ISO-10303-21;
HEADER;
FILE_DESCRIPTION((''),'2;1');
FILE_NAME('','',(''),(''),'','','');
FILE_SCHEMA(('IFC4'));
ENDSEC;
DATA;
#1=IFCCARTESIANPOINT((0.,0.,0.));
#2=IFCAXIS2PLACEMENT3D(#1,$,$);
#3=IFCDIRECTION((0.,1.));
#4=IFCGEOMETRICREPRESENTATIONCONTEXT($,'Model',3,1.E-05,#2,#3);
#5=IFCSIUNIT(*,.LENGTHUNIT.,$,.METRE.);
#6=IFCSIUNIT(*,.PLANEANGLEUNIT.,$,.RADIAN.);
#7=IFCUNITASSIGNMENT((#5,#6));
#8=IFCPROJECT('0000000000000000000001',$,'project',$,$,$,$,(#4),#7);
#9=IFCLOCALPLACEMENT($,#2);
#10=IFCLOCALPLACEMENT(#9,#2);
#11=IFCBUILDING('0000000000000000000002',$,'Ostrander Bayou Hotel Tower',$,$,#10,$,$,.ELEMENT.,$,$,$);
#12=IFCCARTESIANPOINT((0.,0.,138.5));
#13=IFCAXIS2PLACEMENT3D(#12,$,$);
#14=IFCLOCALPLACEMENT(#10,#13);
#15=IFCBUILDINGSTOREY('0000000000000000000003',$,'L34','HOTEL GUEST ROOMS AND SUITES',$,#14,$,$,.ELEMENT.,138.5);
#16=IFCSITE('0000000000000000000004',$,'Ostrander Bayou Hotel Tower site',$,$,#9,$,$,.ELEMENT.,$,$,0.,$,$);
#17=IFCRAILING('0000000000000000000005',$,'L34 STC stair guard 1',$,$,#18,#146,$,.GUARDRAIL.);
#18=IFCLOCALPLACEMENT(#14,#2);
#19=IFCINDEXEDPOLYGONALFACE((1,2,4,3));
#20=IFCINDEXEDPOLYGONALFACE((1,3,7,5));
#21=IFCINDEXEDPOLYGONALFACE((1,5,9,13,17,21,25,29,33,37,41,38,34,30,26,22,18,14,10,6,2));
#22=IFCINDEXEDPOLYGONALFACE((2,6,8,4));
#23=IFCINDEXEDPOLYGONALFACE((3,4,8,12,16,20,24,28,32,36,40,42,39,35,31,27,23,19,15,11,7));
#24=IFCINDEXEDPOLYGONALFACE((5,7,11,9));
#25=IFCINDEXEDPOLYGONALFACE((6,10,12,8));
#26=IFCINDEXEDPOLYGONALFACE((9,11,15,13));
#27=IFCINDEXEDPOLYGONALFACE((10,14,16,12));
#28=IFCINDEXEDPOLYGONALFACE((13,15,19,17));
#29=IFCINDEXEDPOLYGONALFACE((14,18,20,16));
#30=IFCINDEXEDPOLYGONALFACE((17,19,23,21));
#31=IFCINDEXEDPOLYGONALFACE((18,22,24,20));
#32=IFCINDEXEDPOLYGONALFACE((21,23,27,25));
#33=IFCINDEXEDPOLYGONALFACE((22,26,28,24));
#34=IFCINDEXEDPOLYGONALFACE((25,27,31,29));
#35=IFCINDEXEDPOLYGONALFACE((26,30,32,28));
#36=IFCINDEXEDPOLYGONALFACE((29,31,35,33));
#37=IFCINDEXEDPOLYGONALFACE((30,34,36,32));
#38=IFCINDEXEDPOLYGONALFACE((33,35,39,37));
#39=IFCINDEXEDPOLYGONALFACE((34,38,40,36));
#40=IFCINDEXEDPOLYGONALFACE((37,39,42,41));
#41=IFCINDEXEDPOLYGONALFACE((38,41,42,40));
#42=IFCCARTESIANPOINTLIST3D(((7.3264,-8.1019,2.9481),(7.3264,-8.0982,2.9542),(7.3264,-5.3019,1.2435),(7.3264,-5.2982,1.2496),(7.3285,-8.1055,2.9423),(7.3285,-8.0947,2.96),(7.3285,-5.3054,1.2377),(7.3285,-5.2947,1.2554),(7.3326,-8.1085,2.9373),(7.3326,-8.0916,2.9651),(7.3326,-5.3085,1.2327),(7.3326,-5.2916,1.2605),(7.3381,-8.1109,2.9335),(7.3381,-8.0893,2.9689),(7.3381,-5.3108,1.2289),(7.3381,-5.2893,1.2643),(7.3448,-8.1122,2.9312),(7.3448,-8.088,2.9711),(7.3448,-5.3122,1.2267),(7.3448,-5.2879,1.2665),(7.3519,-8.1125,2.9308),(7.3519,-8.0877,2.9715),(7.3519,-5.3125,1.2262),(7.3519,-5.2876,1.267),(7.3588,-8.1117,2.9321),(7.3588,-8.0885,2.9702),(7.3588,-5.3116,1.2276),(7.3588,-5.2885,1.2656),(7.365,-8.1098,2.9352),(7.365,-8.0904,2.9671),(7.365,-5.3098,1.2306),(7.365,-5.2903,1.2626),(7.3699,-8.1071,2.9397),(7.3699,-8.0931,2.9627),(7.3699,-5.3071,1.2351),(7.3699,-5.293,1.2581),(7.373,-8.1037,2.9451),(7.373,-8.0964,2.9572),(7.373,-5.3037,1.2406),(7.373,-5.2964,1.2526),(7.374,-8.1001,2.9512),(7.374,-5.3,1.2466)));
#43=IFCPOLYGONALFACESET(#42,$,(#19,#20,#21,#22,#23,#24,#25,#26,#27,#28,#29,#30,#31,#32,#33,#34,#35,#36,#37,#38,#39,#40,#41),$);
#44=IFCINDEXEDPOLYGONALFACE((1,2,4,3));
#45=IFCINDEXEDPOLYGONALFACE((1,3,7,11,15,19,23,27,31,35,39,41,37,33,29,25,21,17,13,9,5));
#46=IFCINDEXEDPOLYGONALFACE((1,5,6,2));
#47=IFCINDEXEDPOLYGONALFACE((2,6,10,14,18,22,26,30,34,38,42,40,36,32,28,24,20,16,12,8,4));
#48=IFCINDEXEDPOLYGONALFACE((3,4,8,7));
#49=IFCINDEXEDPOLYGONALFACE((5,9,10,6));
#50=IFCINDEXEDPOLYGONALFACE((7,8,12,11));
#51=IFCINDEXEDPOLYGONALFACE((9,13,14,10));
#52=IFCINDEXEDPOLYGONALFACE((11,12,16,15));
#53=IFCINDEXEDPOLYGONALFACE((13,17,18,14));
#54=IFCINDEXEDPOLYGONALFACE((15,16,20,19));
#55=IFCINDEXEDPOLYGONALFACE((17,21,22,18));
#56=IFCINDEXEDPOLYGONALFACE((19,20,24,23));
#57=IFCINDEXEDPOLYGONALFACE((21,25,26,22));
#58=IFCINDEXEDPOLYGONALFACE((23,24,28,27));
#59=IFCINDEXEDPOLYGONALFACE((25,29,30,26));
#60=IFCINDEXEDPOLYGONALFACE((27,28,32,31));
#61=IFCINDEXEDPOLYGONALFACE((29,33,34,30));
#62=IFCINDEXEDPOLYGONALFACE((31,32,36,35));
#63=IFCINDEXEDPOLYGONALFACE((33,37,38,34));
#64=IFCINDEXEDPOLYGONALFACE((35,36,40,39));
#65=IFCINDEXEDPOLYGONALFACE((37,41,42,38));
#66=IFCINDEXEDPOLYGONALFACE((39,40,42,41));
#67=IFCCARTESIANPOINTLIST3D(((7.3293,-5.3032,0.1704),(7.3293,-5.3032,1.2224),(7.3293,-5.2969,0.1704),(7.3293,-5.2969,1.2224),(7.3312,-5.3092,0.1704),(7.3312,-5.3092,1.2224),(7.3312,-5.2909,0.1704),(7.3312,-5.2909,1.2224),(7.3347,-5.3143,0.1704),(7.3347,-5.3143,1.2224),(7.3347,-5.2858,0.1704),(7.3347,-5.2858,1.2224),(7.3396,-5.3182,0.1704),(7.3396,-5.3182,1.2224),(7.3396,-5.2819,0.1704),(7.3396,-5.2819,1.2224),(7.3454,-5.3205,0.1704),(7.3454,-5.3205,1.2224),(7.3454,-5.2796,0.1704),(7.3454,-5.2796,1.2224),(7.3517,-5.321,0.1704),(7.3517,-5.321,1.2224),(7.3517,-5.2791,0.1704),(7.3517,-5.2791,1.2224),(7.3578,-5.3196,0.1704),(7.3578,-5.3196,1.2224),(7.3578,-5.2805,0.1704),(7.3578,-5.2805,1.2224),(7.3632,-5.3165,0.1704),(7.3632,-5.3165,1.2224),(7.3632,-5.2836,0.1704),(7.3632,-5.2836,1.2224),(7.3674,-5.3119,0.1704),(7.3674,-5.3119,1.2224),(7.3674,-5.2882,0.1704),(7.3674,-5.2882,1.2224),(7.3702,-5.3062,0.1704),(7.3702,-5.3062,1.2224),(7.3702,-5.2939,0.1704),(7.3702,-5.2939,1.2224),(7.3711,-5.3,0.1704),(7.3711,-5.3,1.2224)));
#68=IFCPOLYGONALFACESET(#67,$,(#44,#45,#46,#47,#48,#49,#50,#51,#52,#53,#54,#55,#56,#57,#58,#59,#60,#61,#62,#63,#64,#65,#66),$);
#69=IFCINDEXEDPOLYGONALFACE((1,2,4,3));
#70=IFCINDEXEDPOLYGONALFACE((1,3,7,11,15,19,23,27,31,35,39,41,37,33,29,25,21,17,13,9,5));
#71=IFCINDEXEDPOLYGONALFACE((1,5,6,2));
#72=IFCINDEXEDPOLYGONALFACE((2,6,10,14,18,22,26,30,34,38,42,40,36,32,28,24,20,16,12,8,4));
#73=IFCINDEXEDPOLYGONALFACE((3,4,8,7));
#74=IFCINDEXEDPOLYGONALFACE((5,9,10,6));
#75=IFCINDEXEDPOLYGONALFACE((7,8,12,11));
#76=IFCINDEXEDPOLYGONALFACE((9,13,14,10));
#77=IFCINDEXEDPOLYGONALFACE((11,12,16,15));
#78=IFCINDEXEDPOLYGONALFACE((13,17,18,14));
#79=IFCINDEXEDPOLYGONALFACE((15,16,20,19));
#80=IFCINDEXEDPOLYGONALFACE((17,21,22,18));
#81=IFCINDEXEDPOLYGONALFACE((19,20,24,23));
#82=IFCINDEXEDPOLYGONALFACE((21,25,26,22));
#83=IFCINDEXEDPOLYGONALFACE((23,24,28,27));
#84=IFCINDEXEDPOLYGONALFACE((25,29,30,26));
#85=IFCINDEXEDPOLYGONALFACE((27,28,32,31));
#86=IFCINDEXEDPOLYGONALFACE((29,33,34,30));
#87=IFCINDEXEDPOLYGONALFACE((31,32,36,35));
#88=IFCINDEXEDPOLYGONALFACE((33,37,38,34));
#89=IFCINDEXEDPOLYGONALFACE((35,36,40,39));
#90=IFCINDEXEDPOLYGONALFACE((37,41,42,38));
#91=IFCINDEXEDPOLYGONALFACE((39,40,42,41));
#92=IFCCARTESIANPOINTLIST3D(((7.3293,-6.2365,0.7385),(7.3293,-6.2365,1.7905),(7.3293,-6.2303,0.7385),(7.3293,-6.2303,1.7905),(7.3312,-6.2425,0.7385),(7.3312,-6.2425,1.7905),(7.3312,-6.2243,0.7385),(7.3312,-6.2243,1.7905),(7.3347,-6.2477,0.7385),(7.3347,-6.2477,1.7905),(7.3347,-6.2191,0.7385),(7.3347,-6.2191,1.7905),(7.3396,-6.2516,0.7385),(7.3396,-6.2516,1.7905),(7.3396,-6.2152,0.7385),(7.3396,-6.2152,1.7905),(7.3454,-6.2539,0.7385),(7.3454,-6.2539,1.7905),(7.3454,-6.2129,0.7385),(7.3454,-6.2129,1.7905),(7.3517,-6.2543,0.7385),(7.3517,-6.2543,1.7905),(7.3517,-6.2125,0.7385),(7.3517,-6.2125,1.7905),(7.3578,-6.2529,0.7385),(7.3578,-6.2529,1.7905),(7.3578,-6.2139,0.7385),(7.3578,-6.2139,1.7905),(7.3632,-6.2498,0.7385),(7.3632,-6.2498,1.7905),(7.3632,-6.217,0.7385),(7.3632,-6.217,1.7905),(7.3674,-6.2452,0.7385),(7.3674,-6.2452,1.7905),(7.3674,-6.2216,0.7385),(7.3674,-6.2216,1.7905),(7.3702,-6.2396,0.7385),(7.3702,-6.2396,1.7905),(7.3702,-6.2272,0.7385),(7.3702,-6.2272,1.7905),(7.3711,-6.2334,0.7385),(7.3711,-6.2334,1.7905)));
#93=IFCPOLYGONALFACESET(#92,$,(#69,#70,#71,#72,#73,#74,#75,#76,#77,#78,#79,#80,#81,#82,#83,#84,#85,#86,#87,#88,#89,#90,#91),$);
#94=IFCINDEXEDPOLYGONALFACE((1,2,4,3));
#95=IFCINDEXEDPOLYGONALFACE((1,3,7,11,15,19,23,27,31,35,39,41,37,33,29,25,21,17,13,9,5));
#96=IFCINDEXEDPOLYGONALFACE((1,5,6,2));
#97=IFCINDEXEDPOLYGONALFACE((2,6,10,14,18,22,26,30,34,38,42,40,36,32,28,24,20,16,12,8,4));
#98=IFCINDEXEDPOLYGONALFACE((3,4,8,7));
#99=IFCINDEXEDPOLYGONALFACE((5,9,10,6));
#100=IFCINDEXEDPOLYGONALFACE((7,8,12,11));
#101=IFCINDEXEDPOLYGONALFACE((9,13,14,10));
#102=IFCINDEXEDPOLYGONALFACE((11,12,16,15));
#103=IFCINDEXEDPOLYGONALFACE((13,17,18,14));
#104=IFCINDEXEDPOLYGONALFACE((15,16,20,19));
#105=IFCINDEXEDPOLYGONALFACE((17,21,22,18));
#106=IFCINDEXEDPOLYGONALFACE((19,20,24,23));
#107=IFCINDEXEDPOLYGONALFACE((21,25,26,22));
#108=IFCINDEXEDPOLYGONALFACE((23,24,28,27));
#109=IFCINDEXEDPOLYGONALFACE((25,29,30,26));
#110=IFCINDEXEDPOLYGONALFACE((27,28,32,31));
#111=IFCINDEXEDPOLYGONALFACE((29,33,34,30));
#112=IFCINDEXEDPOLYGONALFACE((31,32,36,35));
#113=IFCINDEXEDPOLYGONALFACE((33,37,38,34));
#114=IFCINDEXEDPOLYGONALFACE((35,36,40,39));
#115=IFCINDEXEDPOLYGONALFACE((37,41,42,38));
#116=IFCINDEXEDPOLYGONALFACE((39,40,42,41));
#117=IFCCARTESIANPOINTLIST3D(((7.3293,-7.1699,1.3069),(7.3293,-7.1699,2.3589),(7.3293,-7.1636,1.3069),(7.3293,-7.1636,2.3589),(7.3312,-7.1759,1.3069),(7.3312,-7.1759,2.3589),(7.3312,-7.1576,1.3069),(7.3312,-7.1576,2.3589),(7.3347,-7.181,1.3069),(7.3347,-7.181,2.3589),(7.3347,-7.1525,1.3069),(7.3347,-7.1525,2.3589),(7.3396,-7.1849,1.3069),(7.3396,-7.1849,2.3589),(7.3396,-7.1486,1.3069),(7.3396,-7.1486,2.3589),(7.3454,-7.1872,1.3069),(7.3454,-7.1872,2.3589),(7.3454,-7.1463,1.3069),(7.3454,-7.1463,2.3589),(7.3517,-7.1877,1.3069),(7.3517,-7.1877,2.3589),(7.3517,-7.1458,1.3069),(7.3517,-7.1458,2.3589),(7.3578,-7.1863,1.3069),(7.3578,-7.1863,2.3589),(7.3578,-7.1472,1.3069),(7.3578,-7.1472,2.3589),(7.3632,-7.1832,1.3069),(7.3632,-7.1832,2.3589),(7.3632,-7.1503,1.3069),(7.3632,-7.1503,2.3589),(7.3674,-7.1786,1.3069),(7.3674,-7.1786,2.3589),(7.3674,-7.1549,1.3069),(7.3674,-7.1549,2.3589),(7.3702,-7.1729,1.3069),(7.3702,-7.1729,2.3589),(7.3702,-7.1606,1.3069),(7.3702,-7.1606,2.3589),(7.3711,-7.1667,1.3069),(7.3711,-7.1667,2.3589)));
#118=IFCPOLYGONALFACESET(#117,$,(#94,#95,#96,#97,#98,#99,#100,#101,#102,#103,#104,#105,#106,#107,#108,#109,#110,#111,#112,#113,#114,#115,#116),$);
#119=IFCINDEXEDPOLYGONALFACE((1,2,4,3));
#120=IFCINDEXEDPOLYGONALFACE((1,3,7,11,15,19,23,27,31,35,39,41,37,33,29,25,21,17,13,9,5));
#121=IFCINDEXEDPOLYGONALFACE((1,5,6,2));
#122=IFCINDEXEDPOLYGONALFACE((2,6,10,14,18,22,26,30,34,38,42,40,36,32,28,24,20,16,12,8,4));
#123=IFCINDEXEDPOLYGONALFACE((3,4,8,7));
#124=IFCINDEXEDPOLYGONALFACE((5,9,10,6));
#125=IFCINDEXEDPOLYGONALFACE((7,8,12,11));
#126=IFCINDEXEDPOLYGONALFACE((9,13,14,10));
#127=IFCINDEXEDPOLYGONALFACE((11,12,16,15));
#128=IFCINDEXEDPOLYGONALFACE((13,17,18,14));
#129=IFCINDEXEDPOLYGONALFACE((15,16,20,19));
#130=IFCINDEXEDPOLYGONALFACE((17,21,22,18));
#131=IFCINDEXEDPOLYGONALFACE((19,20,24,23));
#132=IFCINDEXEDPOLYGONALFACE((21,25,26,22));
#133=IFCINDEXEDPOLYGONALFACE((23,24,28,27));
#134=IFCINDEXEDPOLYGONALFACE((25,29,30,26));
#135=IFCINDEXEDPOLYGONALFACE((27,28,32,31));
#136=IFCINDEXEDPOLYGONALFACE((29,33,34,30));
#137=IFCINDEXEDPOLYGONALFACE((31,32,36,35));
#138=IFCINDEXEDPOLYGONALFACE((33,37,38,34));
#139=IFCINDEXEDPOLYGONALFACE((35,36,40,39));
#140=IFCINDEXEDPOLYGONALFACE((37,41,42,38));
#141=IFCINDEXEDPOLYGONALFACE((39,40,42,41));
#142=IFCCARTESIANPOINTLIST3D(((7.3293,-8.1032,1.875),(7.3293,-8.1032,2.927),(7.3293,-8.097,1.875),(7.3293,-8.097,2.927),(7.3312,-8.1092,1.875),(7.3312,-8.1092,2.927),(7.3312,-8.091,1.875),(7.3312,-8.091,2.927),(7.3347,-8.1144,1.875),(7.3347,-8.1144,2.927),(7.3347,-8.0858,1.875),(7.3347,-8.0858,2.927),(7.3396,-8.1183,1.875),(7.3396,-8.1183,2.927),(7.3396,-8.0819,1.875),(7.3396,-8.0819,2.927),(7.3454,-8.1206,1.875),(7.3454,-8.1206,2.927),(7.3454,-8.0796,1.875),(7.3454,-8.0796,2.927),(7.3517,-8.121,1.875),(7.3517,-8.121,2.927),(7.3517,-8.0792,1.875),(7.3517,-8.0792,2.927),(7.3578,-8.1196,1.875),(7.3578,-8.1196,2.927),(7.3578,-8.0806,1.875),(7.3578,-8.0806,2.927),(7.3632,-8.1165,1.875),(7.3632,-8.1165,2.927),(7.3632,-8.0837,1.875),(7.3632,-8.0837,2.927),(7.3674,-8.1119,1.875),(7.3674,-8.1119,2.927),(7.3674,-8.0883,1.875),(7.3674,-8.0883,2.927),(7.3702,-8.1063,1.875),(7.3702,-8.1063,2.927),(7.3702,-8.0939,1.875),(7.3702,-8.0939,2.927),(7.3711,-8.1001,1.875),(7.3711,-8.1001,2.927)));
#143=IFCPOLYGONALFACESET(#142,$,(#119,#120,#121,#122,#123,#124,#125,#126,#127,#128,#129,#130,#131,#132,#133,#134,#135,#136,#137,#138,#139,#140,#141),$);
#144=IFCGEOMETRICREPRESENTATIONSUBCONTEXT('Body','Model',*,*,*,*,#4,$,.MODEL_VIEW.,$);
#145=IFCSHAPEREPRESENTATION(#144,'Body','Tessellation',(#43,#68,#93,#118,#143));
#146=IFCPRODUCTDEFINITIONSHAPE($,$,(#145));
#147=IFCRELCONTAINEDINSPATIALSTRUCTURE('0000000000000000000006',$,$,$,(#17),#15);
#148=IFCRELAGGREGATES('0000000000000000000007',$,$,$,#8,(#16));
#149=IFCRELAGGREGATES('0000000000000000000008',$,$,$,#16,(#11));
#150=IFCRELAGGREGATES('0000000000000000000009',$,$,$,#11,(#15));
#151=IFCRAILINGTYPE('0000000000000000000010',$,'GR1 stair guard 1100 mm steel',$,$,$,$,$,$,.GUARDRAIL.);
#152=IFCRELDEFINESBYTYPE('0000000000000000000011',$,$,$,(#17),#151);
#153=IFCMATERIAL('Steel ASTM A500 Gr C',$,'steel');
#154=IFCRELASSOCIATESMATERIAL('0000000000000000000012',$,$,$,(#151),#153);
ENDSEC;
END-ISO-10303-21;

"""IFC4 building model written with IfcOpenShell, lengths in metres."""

from ifc_helpers import new_model, si_unit, direction, frame, origin, origin_2d, place, context, subcontext, project, spatial, circle, extrude, material, type_object, element, save


model = new_model("IFC4")

# Units and contexts
model_context = context("Model", 3, precision=1e-05, world=origin(), true_north=direction((0.0, 1.0)))
body_context = subcontext(model_context, "Body", "Model", "MODEL_VIEW")
ifc_project = project(units=[si_unit("LENGTHUNIT", "METRE"), si_unit("PLANEANGLEUNIT", "RADIAN")], contexts=[model_context])

# Site, building, storey
site_placement = place(None, origin())
site = spatial("IfcSite", under=ifc_project, at=site_placement, Name="Ostrander Bayou Hotel Tower site", CompositionType="ELEMENT", RefElevation=0.0)
building_placement = place(site_placement, origin())
building = spatial("IfcBuilding", under=site, at=building_placement, Name="Ostrander Bayou Hotel Tower", CompositionType="ELEMENT")
storey_placement = place(building_placement, frame((0.0, 0.0, 138.5)))
storey = spatial("IfcBuildingStorey", under=building, at=storey_placement, Name="L34", Description="HOTEL GUEST ROOMS AND SUITES", CompositionType="ELEMENT", Elevation=138.5)

# Railing
ifc_material_1 = material(Name="Steel ASTM A500 Gr C", Category="steel")
railing_type_1 = type_object("IfcRailingType", Name="GR1 stair guard 1100 mm steel", PredefinedType="GUARDRAIL", material=ifc_material_1)
railing_1_placement = place(storey_placement, frame((7.3501, -5.3, 0.1704)))
element("IfcRailing", 1, at=railing_1_placement, inside=storey, type_object=railing_type_1, Name="L34 STC stair guard 1", PredefinedType="GUARDRAIL", context=body_context, shape_type="SweptSolid", body=[
    extrude(circle(Radius=0.0239, at=origin_2d()), frame((0.0, 0.0, 1.0762), z_axis=(0.0, -0.85417, 0.519994), x_axis=(1.0, 0.0, 0.0)), (0.0, 0.0, 1.0), 3.2781),
    extrude(circle(Radius=0.021, at=origin_2d()), origin(), (0.0, 0.0, 1.0), 1.052),
    extrude(circle(Radius=0.021, at=origin_2d()), frame((0.0, -0.9333, 0.5681)), (0.0, 0.0, 1.0), 1.052),
    extrude(circle(Radius=0.021, at=origin_2d()), frame((0.0, -1.8667, 1.1365)), (0.0, 0.0, 1.0), 1.052),
    extrude(circle(Radius=0.021, at=origin_2d()), frame((0.0, -2.8, 1.7046)), (0.0, 0.0, 1.0), 1.052),
])

save(model, "model.ifc")
